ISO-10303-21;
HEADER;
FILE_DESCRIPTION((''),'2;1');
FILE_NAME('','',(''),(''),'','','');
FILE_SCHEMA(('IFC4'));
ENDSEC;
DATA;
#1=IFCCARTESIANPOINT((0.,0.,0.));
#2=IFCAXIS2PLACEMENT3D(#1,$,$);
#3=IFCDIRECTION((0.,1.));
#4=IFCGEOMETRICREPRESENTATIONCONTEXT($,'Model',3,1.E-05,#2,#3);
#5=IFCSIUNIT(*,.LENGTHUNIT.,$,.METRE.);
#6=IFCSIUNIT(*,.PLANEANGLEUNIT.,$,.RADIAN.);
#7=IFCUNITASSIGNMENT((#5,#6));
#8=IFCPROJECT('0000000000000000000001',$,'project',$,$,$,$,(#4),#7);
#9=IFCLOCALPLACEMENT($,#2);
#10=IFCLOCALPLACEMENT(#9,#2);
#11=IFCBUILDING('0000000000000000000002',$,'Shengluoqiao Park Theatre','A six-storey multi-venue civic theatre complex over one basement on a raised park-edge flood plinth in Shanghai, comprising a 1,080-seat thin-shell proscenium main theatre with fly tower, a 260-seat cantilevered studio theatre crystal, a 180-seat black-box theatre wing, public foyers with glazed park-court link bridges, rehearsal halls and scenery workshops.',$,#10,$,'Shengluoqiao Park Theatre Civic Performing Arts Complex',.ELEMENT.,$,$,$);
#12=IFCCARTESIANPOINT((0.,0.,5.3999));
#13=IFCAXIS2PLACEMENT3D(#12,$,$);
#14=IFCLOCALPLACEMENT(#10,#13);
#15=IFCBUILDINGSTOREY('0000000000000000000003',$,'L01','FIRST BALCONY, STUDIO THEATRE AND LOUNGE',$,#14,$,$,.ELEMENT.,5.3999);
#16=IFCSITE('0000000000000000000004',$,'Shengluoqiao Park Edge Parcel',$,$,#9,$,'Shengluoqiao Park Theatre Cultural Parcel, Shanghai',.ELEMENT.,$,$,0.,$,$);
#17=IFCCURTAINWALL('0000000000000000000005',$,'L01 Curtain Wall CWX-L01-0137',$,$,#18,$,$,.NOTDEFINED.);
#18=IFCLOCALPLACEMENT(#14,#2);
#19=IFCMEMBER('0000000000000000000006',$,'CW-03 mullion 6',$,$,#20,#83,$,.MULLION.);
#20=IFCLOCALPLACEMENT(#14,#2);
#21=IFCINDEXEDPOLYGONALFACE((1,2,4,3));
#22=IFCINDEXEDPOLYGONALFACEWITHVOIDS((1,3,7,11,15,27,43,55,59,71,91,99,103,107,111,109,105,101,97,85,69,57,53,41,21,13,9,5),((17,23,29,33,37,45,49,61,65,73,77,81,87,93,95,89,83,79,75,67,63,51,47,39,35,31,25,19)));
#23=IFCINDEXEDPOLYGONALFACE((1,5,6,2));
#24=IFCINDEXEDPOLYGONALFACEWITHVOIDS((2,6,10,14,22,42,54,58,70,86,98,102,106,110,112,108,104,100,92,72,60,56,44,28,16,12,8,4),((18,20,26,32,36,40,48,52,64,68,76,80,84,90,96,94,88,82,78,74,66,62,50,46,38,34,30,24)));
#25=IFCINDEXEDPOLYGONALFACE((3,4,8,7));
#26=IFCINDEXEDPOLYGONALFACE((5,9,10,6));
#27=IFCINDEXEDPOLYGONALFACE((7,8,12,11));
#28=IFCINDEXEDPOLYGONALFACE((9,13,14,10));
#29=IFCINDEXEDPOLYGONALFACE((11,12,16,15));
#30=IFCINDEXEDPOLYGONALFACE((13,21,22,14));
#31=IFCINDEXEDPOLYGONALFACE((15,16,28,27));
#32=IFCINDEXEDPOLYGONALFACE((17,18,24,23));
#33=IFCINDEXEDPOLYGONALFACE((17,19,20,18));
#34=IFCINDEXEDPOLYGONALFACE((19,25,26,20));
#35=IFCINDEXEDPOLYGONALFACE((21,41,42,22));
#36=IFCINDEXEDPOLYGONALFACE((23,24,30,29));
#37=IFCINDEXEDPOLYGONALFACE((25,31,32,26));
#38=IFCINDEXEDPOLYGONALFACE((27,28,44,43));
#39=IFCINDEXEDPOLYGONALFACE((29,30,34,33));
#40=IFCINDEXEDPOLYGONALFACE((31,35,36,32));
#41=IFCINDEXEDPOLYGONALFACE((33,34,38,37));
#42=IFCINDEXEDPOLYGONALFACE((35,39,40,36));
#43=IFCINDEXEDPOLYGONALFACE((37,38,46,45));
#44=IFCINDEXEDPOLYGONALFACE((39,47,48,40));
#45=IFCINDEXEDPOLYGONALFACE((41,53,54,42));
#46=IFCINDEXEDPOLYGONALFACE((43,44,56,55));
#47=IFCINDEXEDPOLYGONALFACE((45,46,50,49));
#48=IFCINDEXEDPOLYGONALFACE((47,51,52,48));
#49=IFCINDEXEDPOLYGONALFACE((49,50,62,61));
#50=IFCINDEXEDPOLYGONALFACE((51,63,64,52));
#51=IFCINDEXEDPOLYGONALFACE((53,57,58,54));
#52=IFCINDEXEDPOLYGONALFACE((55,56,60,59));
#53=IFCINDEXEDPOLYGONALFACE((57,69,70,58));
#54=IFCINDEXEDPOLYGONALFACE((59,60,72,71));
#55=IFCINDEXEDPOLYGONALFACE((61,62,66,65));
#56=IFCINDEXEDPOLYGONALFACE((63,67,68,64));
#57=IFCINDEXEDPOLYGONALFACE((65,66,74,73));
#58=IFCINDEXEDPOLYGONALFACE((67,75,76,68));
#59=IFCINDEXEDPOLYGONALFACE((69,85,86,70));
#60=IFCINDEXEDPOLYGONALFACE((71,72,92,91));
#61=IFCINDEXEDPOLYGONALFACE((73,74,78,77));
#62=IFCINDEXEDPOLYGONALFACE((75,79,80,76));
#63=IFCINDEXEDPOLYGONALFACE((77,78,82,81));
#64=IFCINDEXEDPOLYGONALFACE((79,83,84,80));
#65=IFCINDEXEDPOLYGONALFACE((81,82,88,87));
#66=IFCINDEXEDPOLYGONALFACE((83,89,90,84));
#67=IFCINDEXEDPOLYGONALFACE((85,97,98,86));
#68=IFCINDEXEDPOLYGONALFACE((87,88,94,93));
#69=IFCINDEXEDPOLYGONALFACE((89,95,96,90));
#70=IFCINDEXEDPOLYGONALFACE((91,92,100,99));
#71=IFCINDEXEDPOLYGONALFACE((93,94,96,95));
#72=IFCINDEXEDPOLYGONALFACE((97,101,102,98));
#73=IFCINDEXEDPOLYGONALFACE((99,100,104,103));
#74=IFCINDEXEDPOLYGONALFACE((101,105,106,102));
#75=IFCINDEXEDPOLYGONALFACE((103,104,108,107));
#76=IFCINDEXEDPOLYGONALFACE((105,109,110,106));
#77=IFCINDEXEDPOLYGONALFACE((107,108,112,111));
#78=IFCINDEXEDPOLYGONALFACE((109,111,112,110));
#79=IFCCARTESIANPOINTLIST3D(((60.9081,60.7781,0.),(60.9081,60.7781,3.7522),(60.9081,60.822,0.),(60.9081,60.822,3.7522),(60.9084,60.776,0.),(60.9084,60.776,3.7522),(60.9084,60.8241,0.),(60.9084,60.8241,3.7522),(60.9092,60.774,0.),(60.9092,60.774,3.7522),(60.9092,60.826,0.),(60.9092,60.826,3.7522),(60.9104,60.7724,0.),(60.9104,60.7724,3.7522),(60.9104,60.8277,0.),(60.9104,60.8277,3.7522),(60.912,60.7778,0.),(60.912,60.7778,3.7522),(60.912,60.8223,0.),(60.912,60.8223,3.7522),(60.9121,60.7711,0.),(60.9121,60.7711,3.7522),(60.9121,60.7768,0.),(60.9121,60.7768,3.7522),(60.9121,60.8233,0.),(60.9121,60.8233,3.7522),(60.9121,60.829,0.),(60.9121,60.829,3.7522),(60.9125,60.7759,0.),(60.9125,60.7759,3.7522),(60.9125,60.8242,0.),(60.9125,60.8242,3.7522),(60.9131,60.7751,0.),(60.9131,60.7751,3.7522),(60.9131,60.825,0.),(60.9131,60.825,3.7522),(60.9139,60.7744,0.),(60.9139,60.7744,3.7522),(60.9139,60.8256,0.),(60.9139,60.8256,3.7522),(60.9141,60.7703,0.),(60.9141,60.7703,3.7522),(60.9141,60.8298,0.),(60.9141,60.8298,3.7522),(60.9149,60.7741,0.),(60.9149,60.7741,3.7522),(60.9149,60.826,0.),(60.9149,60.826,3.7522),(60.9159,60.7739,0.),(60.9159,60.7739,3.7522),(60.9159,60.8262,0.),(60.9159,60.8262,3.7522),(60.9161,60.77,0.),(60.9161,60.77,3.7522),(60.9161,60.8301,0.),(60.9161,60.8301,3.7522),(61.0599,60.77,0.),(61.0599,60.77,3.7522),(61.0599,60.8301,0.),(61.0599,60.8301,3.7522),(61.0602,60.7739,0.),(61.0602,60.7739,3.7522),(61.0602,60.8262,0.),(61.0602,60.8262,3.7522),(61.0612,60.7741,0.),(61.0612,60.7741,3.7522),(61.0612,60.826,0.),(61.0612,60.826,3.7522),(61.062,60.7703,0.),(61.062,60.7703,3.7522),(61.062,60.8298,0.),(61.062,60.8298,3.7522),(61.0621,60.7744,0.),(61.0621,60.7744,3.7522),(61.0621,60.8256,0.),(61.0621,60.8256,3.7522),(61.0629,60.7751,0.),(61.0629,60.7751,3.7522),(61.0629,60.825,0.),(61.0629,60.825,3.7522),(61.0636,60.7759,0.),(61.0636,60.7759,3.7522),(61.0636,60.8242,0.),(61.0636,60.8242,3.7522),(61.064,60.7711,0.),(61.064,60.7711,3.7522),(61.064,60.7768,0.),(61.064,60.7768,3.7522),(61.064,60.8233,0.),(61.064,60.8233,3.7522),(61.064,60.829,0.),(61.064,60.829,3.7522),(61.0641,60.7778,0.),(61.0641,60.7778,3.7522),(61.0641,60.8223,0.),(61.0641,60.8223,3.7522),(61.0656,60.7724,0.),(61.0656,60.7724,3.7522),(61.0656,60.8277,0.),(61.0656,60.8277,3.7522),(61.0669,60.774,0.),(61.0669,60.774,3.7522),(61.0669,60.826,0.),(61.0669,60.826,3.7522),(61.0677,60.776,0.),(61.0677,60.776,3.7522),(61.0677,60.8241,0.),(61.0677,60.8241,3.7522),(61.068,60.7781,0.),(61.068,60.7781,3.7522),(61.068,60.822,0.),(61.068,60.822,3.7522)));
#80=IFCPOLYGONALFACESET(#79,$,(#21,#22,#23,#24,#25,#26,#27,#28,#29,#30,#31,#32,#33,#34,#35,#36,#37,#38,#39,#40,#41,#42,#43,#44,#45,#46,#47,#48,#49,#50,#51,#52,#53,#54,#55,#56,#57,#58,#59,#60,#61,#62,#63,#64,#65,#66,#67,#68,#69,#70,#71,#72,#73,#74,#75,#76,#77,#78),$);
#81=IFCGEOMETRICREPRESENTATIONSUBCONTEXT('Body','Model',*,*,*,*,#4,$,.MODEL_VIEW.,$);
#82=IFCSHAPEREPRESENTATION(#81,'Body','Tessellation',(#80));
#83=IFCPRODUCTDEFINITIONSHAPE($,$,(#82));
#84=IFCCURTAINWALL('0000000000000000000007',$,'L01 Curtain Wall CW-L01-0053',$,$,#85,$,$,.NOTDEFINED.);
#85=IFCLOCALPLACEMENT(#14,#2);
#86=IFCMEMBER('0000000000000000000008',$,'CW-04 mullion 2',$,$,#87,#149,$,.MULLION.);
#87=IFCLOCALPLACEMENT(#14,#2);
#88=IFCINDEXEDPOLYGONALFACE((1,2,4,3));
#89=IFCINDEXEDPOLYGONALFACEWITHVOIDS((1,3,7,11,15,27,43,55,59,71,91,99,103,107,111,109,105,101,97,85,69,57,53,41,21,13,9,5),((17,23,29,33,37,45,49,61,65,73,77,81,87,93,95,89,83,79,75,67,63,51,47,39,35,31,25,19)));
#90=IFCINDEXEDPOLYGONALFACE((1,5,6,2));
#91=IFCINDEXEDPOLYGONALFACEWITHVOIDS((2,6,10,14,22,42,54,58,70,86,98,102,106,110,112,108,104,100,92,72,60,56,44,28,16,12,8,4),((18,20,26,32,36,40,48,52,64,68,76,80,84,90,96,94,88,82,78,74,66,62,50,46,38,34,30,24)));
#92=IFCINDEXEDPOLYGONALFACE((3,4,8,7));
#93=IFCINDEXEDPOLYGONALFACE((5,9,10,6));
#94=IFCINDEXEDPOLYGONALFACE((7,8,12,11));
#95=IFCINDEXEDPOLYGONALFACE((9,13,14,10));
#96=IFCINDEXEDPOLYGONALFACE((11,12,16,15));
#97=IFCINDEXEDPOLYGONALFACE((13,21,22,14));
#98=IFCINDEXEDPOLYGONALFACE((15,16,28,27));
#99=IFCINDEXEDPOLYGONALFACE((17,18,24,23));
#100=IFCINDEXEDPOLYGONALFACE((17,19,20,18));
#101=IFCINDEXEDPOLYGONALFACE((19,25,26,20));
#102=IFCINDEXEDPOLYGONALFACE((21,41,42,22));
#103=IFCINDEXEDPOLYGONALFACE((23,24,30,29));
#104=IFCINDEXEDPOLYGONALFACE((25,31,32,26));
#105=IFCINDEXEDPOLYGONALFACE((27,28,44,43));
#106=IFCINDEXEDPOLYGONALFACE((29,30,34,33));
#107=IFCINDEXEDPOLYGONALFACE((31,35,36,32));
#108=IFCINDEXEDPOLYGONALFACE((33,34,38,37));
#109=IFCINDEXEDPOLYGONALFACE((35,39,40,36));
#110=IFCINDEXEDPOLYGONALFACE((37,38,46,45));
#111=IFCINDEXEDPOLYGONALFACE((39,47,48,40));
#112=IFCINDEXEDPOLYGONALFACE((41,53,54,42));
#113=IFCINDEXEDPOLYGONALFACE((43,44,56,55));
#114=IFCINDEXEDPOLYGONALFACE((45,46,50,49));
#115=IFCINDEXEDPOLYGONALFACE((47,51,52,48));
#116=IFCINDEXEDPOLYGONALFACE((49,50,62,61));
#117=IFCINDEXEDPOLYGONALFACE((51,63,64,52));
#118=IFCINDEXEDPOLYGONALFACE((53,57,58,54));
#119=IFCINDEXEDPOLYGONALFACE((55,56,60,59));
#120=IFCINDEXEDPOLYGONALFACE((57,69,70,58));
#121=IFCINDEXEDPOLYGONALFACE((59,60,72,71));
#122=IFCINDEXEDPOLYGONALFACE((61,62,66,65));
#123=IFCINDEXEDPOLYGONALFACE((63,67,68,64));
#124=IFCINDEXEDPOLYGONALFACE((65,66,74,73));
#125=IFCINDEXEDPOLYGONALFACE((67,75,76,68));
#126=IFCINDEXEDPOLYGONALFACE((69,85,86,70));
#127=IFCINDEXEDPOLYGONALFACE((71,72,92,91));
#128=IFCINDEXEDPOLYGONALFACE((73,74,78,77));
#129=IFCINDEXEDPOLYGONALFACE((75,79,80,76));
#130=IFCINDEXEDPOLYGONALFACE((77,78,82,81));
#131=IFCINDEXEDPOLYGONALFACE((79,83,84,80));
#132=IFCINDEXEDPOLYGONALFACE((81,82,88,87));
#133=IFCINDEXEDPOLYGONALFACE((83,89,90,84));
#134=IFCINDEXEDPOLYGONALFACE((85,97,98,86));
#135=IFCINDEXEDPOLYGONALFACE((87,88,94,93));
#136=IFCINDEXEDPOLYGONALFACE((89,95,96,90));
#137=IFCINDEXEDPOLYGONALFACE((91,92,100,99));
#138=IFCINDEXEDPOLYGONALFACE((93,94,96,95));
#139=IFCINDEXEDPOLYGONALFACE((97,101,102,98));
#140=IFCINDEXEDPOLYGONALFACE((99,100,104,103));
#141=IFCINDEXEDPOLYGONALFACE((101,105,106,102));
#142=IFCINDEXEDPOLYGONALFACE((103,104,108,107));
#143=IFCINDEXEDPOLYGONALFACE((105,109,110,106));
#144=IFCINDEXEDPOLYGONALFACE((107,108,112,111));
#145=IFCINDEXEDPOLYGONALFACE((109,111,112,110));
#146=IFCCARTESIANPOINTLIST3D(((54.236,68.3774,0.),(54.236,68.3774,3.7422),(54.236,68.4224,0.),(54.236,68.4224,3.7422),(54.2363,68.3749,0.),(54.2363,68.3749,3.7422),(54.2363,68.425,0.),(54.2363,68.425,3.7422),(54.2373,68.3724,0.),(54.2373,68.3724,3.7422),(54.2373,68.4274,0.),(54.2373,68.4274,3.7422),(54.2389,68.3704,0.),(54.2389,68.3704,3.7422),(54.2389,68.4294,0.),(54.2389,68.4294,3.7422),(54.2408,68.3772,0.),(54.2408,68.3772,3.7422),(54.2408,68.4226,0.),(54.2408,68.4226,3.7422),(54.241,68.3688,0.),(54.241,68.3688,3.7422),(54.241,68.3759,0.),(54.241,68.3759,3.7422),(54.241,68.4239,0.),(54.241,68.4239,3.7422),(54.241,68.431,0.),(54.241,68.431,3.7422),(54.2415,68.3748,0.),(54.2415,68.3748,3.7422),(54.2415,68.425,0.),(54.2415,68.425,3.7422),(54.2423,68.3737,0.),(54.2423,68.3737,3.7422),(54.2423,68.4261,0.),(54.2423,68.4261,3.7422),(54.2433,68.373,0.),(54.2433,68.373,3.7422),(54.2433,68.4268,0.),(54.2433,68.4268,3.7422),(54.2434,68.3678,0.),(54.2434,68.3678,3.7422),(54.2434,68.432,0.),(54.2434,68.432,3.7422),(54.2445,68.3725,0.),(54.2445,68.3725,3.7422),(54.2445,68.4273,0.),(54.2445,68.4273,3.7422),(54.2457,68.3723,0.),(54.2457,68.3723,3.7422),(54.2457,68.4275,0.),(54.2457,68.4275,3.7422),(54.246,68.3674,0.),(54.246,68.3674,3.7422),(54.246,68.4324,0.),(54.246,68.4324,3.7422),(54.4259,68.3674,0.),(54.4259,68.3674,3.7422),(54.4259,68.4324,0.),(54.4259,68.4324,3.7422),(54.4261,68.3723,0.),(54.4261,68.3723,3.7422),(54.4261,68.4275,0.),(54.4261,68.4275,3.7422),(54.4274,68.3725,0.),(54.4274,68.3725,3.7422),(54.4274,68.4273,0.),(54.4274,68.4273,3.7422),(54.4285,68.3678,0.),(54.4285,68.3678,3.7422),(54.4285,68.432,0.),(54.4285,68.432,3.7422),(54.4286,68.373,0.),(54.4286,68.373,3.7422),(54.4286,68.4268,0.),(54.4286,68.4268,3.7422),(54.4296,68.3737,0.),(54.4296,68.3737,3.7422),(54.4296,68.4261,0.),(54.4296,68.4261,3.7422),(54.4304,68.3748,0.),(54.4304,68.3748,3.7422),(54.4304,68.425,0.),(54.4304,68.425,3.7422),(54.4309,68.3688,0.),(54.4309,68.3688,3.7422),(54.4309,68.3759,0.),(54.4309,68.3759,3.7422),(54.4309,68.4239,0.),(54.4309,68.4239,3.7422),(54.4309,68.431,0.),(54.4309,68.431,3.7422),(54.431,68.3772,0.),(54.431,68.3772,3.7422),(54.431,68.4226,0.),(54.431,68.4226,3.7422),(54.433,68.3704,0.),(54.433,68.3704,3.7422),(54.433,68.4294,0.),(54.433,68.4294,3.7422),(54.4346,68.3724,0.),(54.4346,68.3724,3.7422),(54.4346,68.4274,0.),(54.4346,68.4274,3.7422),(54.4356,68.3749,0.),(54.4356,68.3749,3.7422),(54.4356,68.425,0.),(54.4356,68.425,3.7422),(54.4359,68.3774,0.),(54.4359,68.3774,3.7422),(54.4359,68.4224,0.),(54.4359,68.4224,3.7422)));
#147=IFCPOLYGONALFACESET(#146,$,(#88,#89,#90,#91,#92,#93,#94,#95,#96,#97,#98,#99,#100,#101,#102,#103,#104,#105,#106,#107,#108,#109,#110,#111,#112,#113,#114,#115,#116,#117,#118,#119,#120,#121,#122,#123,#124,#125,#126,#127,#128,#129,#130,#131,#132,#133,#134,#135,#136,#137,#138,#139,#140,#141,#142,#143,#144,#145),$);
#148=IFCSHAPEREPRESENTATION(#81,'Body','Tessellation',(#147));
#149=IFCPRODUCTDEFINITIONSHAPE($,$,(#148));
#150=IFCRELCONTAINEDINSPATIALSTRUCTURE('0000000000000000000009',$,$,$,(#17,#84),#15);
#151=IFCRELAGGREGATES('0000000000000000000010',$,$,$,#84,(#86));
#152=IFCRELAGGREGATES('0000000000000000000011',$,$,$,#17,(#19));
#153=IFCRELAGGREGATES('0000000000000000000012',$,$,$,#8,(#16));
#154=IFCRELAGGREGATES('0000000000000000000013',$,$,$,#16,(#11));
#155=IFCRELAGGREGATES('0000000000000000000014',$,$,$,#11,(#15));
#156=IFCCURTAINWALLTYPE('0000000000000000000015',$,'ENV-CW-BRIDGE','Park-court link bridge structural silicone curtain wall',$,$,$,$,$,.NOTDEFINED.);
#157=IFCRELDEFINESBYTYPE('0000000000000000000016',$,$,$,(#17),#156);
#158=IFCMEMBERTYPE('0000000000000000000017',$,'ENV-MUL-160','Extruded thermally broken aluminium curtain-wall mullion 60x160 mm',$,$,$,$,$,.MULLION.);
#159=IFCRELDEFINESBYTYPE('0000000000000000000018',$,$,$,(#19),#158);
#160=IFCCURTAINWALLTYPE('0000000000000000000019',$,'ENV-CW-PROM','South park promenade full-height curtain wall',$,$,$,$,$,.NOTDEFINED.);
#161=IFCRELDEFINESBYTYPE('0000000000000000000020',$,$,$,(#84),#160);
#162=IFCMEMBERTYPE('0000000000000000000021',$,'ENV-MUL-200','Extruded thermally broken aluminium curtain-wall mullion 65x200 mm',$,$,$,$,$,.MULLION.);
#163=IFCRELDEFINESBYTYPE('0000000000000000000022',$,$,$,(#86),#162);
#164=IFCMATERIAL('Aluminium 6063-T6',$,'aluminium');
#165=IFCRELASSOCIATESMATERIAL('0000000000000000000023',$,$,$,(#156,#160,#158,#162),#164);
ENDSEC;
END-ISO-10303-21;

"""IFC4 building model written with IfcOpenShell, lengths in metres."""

from ifc_helpers import new_model, si_unit, direction, frame, origin, origin_2d, place, context, subcontext, project, spatial, hollow_rectangle, extrude, material, material_profile, profile_set, type_object, element, aggregate, save


model = new_model("IFC4")

# Units and contexts
model_context = context("Model", 3, precision=1e-05, world=origin(), true_north=direction((0.0, 1.0)))
body_context = subcontext(model_context, "Body", "Model", "MODEL_VIEW")
ifc_project = project(units=[si_unit("LENGTHUNIT", "METRE"), si_unit("PLANEANGLEUNIT", "RADIAN")], contexts=[model_context])

# Site, building, storey
site_placement = place(None, origin())
site = spatial("IfcSite", under=ifc_project, at=site_placement, Name="Shengluoqiao Park Edge Parcel", LongName="Shengluoqiao Park Theatre Cultural Parcel, Shanghai", CompositionType="ELEMENT", RefElevation=0.0)
building_placement = place(site_placement, origin())
building = spatial("IfcBuilding", under=site, at=building_placement, Name="Shengluoqiao Park Theatre", Description="A six-storey multi-venue civic theatre complex over one basement on a raised park-edge flood plinth in Shanghai, comprising a 1,080-seat thin-shell proscenium main theatre with fly tower, a 260-seat cantilevered studio theatre crystal, a 180-seat black-box theatre wing, public foyers with glazed park-court link bridges, rehearsal halls and scenery workshops.", LongName="Shengluoqiao Park Theatre Civic Performing Arts Complex", CompositionType="ELEMENT")
storey_placement = place(building_placement, frame((0.0, 0.0, 5.3999)))
storey = spatial("IfcBuildingStorey", under=building, at=storey_placement, Name="L01", Description="FIRST BALCONY, STUDIO THEATRE AND LOUNGE", CompositionType="ELEMENT", Elevation=5.3999)

# Curtain wall, member
ifc_material_1 = material(Name="Aluminium 6063-T6", Category="aluminium")
curtain_wall_type_1 = type_object("IfcCurtainWallType", Name="ENV-CW-BRIDGE", Description="Park-court link bridge structural silicone curtain wall", PredefinedType="NOTDEFINED", material=ifc_material_1)
curtain_wall_1_placement = place(storey_placement, origin())
curtain_wall_1 = element("IfcCurtainWall", 1, at=curtain_wall_1_placement, inside=storey, type_object=curtain_wall_type_1, Name="L01 Curtain Wall CWX-L01-0137", PredefinedType="NOTDEFINED")
ifc_material_profile_1 = material_profile(ifc_material_1, hollow_rectangle(XDim=0.0601, YDim=0.1599, WallThickness=0.0039, InnerFilletRadius=0.0039, OuterFilletRadius=0.0081, at=origin_2d()), Name="ALU MULLION 160x60x4")
ifc_profile_set_1 = profile_set([ifc_material_profile_1], Name="Aluminium 6063-T6")
member_type_1 = type_object("IfcMemberType", Name="ENV-MUL-160", Description="Extruded thermally broken aluminium curtain-wall mullion 60x160 mm", PredefinedType="MULLION", material=ifc_profile_set_1)
member_1_placement = place(storey_placement, frame((60.988, 60.8, 0.0), z_axis=(0.0, 0.0, 1.0), x_axis=(0.0, 1.0, 0.0)))
member_1 = element("IfcMember", 2, at=member_1_placement, type_object=member_type_1, Name="CW-03 mullion 6", PredefinedType="MULLION", context=body_context, shape_type="SweptSolid", body=[
    extrude(hollow_rectangle(XDim=0.0601, YDim=0.1599, WallThickness=0.0039, InnerFilletRadius=0.0039, OuterFilletRadius=0.0081, at=origin_2d()), origin(), (0.0, 0.0, 1.0), 3.7522),
])

# Curtain wall, member
curtain_wall_type_2 = type_object("IfcCurtainWallType", Name="ENV-CW-PROM", Description="South park promenade full-height curtain wall", PredefinedType="NOTDEFINED", material=ifc_material_1)
curtain_wall_2_placement = place(storey_placement, origin())
curtain_wall_2 = element("IfcCurtainWall", 3, at=curtain_wall_2_placement, inside=storey, type_object=curtain_wall_type_2, Name="L01 Curtain Wall CW-L01-0053", PredefinedType="NOTDEFINED")
ifc_material_profile_2 = material_profile(ifc_material_1, hollow_rectangle(XDim=0.0649, YDim=0.2, WallThickness=0.0049, InnerFilletRadius=0.0049, OuterFilletRadius=0.01, at=origin_2d()), Name="ALU MULLION 200x65x5")
ifc_profile_set_2 = profile_set([ifc_material_profile_2], Name="Aluminium 6063-T6")
member_type_2 = type_object("IfcMemberType", Name="ENV-MUL-200", Description="Extruded thermally broken aluminium curtain-wall mullion 65x200 mm", PredefinedType="MULLION", material=ifc_profile_set_2)
member_2_placement = place(storey_placement, frame((54.3359, 68.3999, 0.0), z_axis=(0.0, 0.0, 1.0), x_axis=(0.0, 1.0, 0.0)))
member_2 = element("IfcMember", 4, at=member_2_placement, type_object=member_type_2, Name="CW-04 mullion 2", PredefinedType="MULLION", context=body_context, shape_type="SweptSolid", body=[
    extrude(hollow_rectangle(XDim=0.0649, YDim=0.2, WallThickness=0.0049, InnerFilletRadius=0.0049, OuterFilletRadius=0.01, at=origin_2d()), origin(), (0.0, 0.0, 1.0), 3.7422),
])

aggregate(curtain_wall_2, [member_2])

aggregate(curtain_wall_1, [member_1])

save(model, "model.ifc")
